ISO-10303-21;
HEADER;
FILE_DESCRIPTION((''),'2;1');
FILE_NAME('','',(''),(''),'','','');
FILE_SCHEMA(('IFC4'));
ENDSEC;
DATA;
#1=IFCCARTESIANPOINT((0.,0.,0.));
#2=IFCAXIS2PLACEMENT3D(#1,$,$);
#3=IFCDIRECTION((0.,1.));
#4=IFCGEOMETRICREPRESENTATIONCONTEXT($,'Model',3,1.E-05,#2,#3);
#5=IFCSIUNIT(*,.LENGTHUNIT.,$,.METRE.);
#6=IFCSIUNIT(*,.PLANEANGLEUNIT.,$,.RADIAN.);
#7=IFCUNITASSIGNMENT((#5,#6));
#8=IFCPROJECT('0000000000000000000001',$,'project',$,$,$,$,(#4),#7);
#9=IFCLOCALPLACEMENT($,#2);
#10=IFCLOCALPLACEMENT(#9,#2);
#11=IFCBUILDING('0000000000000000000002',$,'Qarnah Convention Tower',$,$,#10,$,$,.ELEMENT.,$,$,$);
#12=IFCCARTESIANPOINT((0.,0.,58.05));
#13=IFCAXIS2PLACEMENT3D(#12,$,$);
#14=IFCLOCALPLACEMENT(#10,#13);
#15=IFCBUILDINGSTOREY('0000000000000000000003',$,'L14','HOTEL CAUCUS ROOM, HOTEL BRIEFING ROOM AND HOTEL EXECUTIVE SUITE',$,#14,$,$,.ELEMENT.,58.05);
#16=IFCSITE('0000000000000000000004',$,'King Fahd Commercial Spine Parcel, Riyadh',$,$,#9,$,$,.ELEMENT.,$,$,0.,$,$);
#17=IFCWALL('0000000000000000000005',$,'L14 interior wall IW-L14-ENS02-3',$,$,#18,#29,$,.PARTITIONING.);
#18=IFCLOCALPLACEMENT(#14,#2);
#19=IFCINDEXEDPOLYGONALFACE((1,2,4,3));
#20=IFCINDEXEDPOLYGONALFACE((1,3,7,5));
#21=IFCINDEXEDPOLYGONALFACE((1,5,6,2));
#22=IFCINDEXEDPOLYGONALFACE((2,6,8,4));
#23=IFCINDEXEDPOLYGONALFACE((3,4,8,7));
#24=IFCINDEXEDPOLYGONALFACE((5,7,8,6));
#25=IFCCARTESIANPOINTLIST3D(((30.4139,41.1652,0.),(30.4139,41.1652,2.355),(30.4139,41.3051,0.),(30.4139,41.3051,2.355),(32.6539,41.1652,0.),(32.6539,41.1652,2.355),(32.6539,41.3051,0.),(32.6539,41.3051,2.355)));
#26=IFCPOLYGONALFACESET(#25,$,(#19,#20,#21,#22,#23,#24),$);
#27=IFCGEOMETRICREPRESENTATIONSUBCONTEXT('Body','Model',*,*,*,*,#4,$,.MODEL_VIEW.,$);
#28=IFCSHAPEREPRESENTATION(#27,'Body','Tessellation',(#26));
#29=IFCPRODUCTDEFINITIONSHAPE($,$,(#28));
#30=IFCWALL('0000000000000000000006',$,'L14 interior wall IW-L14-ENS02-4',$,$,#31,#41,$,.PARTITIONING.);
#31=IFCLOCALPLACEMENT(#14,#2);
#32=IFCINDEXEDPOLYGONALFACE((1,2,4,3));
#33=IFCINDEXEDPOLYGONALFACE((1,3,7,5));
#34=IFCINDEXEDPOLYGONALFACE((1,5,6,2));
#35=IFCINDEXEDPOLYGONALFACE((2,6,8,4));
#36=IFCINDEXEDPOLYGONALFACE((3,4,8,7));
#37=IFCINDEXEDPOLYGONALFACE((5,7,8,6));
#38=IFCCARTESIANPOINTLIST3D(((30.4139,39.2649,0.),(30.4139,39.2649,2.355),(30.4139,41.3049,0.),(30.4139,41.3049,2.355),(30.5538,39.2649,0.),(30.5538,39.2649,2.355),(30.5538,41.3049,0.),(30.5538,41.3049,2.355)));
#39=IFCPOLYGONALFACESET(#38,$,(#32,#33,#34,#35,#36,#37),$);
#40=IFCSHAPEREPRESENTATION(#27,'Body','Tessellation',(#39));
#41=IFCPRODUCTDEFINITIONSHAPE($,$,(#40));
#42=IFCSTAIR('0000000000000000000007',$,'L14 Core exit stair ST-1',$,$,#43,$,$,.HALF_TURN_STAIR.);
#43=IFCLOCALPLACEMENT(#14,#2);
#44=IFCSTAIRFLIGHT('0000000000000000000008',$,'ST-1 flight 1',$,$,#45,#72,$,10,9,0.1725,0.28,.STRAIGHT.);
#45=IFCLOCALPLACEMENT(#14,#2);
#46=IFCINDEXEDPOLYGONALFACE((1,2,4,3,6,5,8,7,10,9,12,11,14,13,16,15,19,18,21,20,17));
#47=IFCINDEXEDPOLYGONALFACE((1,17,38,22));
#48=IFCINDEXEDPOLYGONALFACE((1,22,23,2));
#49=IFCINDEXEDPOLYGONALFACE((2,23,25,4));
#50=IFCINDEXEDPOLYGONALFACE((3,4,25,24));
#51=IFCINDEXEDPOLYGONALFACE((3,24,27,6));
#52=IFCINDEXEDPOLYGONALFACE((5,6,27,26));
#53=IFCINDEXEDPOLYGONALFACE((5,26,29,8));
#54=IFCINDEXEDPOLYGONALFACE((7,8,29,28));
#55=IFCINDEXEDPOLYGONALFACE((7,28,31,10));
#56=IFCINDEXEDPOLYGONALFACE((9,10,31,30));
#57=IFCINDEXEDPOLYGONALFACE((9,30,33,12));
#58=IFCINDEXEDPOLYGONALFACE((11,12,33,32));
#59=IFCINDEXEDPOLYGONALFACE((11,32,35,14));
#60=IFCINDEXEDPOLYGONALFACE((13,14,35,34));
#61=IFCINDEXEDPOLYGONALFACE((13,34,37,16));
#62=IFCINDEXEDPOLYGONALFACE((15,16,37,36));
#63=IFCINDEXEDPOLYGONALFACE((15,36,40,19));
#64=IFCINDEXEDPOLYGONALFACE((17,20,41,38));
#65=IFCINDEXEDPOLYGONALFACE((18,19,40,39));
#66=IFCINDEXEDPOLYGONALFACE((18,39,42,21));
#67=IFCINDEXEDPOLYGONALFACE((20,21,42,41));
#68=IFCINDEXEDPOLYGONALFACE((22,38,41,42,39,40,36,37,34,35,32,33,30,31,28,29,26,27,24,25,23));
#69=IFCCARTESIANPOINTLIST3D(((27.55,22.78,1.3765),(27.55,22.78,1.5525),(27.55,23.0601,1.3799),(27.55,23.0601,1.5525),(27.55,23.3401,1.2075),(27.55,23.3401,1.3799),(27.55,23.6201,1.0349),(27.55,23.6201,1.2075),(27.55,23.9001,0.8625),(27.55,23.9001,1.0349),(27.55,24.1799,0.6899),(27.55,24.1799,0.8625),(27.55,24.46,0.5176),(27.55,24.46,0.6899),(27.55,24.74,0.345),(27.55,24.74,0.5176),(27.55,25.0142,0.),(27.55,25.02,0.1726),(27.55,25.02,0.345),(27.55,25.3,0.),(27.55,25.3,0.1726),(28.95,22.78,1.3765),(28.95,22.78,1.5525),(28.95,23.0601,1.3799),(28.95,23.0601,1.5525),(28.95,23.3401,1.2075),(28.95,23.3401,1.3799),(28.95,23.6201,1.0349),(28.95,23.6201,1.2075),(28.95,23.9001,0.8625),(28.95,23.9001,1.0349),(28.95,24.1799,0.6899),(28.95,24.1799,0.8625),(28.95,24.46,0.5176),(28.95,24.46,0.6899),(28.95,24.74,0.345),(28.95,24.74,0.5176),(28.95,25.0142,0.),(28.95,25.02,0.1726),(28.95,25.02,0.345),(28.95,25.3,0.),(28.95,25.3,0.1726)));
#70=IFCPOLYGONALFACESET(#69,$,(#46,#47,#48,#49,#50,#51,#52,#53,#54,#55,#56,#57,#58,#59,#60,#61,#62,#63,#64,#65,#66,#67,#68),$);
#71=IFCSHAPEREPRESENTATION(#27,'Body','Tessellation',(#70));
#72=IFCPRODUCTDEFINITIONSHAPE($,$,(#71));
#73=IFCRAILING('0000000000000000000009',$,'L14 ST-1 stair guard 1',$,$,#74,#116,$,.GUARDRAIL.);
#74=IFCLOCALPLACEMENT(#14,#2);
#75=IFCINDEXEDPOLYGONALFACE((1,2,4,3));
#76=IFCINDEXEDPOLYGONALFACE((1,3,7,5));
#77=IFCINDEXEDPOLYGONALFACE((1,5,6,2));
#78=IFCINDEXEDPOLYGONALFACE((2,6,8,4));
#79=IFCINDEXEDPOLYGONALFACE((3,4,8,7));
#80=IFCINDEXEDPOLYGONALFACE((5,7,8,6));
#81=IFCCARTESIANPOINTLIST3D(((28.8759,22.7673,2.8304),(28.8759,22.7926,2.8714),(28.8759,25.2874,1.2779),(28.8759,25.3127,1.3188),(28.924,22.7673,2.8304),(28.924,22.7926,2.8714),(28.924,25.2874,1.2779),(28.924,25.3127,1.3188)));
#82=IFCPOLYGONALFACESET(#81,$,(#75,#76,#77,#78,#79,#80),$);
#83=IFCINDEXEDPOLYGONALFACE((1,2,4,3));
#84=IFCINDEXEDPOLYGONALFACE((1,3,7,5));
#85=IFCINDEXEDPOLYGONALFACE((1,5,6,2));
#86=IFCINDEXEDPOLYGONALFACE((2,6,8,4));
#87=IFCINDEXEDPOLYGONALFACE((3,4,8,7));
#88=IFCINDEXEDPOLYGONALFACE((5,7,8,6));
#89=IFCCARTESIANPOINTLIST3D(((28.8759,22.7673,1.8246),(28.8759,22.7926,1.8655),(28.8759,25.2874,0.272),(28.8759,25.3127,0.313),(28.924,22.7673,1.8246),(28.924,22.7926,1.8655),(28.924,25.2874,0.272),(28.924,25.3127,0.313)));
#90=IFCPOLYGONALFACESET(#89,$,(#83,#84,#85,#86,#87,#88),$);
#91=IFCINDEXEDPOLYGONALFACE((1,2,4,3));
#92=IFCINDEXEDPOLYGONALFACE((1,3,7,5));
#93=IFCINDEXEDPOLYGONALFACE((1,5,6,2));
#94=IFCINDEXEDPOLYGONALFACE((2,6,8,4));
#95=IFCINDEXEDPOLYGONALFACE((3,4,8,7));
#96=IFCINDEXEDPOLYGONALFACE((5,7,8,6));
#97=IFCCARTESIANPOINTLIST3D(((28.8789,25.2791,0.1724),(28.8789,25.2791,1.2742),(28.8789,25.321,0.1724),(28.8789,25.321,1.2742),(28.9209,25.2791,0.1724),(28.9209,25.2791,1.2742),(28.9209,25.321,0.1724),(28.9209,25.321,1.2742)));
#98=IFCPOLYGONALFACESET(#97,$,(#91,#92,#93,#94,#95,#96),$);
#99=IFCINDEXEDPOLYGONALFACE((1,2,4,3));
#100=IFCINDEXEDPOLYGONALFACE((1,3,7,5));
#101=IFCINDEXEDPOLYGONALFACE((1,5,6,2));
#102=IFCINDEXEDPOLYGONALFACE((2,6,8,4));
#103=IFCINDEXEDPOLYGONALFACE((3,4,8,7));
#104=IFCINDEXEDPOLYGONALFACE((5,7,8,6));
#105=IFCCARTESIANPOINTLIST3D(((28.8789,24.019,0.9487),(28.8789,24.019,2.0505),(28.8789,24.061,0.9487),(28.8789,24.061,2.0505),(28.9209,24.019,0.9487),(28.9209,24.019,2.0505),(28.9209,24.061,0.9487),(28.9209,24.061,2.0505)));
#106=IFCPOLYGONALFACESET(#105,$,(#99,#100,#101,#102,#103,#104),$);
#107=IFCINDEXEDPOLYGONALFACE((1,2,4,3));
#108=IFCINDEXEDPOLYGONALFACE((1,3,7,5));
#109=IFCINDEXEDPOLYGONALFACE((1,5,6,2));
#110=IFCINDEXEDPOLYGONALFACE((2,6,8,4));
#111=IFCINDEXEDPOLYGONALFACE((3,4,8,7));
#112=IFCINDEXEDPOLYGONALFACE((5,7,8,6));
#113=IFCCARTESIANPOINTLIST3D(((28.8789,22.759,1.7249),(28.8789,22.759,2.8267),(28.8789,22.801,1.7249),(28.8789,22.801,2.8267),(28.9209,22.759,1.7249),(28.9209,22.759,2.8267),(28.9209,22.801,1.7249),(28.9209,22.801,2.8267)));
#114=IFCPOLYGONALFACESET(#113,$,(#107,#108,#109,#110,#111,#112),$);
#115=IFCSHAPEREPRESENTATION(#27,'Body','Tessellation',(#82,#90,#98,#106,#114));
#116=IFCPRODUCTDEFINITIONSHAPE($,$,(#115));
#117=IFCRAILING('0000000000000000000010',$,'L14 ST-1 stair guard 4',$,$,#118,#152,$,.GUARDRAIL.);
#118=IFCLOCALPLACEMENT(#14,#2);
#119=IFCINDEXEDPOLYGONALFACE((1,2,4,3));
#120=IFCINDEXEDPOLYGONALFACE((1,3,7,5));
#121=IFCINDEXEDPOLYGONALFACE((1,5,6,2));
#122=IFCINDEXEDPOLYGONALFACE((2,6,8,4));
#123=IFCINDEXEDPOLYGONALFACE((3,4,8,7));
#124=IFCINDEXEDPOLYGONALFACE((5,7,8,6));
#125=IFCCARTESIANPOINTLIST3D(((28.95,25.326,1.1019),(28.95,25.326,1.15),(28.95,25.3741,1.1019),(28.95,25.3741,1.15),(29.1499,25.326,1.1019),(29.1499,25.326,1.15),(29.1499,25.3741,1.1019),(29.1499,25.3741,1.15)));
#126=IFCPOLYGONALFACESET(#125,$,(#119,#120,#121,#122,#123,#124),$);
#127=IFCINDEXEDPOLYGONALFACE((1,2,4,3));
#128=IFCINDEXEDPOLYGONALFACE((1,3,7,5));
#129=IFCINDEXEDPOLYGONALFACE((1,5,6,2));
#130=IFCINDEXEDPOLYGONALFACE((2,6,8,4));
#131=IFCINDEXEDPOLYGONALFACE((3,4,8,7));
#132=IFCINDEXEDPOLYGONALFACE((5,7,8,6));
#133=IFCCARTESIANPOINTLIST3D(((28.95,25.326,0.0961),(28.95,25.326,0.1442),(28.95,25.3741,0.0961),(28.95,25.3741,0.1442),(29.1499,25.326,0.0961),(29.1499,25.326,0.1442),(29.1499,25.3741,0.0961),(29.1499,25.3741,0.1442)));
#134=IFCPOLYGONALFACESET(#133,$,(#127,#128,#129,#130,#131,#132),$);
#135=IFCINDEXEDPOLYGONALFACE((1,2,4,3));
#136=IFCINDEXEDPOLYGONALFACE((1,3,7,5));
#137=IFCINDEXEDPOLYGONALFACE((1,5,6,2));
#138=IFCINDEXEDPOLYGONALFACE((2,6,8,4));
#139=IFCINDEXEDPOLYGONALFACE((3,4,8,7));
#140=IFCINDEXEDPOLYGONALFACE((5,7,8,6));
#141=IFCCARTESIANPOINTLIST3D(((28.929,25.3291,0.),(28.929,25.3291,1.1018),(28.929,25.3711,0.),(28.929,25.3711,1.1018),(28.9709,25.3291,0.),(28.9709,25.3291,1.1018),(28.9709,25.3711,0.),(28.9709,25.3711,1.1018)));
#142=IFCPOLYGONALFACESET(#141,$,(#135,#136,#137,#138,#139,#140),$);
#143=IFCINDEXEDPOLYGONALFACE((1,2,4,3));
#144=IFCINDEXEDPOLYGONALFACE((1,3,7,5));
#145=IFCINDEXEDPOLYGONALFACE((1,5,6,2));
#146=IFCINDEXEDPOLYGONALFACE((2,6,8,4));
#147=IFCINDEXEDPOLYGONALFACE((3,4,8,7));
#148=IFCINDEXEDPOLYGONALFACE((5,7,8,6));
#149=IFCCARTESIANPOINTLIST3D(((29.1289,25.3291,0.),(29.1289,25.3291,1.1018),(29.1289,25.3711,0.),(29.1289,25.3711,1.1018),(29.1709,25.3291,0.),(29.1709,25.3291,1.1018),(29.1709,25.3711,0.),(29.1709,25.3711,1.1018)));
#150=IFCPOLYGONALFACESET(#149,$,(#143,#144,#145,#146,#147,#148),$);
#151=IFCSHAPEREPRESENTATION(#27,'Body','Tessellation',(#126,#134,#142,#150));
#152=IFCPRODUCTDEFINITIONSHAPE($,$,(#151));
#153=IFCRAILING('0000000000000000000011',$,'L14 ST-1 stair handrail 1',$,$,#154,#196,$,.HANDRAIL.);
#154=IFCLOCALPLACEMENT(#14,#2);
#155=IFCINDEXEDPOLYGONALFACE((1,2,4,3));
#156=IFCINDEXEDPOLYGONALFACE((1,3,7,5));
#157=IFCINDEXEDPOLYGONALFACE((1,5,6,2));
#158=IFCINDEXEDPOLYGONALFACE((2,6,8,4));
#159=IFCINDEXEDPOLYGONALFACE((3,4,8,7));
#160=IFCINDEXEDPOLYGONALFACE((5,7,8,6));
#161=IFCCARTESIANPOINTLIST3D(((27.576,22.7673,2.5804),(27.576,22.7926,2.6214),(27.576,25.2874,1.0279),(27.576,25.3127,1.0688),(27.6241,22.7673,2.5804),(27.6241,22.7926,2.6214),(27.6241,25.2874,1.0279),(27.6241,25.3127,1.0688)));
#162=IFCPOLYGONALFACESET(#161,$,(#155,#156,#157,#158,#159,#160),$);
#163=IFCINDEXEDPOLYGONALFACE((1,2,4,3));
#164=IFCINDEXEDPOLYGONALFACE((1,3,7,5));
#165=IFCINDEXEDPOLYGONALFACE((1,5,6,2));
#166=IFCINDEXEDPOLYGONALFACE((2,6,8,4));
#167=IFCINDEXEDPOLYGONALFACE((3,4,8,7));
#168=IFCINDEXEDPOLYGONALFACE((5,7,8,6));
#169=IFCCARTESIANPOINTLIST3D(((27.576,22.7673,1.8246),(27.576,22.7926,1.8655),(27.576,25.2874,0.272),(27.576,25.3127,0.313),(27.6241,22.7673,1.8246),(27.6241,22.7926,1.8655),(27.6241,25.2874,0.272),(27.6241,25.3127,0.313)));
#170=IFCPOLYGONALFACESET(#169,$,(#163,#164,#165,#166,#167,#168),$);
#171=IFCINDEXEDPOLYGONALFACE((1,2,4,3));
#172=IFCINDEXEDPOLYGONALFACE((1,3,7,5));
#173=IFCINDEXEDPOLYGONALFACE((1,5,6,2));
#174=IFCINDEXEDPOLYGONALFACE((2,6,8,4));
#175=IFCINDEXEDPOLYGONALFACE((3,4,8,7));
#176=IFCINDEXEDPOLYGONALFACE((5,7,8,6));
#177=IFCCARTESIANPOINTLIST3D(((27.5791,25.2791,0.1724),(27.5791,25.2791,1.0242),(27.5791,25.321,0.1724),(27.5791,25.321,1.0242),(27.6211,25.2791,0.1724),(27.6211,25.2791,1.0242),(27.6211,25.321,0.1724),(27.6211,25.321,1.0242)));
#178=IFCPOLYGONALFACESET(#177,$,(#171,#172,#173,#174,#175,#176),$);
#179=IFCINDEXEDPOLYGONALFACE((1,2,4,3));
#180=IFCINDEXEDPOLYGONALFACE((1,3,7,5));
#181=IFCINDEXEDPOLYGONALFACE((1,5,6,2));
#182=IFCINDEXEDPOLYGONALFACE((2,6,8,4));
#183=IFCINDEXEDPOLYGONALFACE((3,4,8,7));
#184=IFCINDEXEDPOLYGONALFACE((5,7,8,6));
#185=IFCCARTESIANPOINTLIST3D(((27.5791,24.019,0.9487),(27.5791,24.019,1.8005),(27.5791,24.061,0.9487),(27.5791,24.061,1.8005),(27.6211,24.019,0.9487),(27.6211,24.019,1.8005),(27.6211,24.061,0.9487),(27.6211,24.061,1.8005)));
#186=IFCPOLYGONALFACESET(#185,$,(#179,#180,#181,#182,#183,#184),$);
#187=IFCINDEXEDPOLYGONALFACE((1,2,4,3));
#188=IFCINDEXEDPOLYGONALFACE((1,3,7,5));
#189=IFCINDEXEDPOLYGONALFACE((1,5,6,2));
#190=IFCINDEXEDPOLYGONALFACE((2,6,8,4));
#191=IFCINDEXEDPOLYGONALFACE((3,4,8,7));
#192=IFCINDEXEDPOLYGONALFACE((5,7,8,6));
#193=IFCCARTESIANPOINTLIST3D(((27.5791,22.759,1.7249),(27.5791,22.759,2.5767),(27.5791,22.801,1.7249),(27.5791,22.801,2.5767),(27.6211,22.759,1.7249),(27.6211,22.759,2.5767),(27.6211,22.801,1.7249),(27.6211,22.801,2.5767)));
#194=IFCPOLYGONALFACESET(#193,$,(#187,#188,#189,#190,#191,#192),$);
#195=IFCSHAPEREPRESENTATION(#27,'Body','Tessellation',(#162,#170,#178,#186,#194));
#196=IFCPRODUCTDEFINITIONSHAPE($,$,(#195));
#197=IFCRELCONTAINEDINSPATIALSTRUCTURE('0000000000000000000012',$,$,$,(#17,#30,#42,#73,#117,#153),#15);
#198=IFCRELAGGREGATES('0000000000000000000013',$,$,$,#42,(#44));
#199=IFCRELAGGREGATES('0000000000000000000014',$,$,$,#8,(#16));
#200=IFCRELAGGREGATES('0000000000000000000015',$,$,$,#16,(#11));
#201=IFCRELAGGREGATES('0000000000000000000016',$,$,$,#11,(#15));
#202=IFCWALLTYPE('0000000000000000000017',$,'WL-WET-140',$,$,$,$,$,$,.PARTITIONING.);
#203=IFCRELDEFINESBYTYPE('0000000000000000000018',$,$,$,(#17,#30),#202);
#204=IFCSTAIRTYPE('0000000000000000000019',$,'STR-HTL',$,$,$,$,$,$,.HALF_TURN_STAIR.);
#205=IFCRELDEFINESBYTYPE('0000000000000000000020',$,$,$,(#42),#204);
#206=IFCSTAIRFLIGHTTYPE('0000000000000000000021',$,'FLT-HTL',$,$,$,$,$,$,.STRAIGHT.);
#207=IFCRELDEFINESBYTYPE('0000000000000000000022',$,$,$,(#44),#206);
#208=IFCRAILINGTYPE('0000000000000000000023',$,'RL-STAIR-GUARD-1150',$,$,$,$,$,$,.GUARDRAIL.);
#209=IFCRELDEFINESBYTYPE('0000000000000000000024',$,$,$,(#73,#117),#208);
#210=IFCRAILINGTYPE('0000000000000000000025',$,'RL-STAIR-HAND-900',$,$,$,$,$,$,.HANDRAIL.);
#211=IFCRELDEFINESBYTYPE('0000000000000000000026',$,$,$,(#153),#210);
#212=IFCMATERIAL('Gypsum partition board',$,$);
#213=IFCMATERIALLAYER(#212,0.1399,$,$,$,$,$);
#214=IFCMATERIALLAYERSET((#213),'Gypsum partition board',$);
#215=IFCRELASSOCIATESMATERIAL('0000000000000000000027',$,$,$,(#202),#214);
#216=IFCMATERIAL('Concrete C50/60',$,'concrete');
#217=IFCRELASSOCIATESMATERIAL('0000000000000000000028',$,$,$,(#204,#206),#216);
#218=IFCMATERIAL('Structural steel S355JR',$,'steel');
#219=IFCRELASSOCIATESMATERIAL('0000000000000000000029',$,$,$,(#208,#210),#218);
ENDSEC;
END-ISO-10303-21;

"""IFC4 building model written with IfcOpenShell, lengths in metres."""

from ifc_helpers import new_model, si_unit, direction, frame, frame_2d, origin, origin_2d, place, context, subcontext, project, spatial, polyline, rectangle, outline, extrude, material, layer, layer_set, type_object, element, aggregate, save


model = new_model("IFC4")

# Units and contexts
model_context = context("Model", 3, precision=1e-05, world=origin(), true_north=direction((0.0, 1.0)))
body_context = subcontext(model_context, "Body", "Model", "MODEL_VIEW")
ifc_project = project(units=[si_unit("LENGTHUNIT", "METRE"), si_unit("PLANEANGLEUNIT", "RADIAN")], contexts=[model_context])

# Site, building, storey
site_placement = place(None, origin())
site = spatial("IfcSite", under=ifc_project, at=site_placement, Name="King Fahd Commercial Spine Parcel, Riyadh", CompositionType="ELEMENT", RefElevation=0.0)
building_placement = place(site_placement, origin())
building = spatial("IfcBuilding", under=site, at=building_placement, Name="Qarnah Convention Tower", CompositionType="ELEMENT")
storey_placement = place(building_placement, frame((0.0, 0.0, 58.05)))
storey = spatial("IfcBuildingStorey", under=building, at=storey_placement, Name="L14", Description="HOTEL CAUCUS ROOM, HOTEL BRIEFING ROOM AND HOTEL EXECUTIVE SUITE", CompositionType="ELEMENT", Elevation=58.05)

# Shared definitions
ifc_material_1 = material(Name="Structural steel S355JR", Category="steel")

# Shared definitions
ifc_material_2 = material(Name="Gypsum partition board")

# Shared definitions
ifc_layer_1 = layer(ifc_material_2, 0.1399)
ifc_layer_set_1 = layer_set([ifc_layer_1], Name="Gypsum partition board")
wall_type_1 = type_object("IfcWallType", Name="WL-WET-140", PredefinedType="PARTITIONING", material=ifc_layer_set_1)

# Walls
wall_1_placement = place(storey_placement, frame((32.6541, 41.2351, 0.0), z_axis=(0.0, 0.0, 1.0), x_axis=(-1.0, 0.0, 0.0)))
element("IfcWall", 1, at=wall_1_placement, inside=storey, type_object=wall_type_1, Name="L14 interior wall IW-L14-ENS02-3", PredefinedType="PARTITIONING", context=body_context, shape_type="SweptSolid", body=[
    extrude(rectangle(XDim=2.24, YDim=0.1399, at=frame_2d((1.1201, 0.0))), origin(), (0.0, 0.0, 1.0), 2.355),
])
wall_2_placement = place(storey_placement, frame((30.4839, 41.3049, 0.0), z_axis=(0.0, 0.0, 1.0), x_axis=(0.0, -1.0, 0.0)))
element("IfcWall", 2, at=wall_2_placement, inside=storey, type_object=wall_type_1, Name="L14 interior wall IW-L14-ENS02-4", PredefinedType="PARTITIONING", context=body_context, shape_type="SweptSolid", body=[
    extrude(rectangle(XDim=2.04, YDim=0.1399, at=frame_2d((1.02, 0.0))), origin(), (0.0, 0.0, 1.0), 2.355),
])

# Stair, stair flight
ifc_material_3 = material(Name="Concrete C50/60", Category="concrete")
stair_type = type_object("IfcStairType", Name="STR-HTL", PredefinedType="HALF_TURN_STAIR", material=ifc_material_3)
stair_placement = place(storey_placement, origin())
stair = element("IfcStair", 3, at=stair_placement, inside=storey, type_object=stair_type, Name="L14 Core exit stair ST-1", PredefinedType="HALF_TURN_STAIR")
stair_flight_type = type_object("IfcStairFlightType", Name="FLT-HTL", PredefinedType="STRAIGHT", material=ifc_material_3)
stair_flight_placement = place(storey_placement, frame((28.25, 25.3, 0.0), z_axis=(0.0, 0.0, 1.0), x_axis=(0.0, -1.0, 0.0)))
stair_flight = element("IfcStairFlight", 4, at=stair_flight_placement, type_object=stair_flight_type, Name="ST-1 flight 1", NumberOfRisers=10, NumberOfTreads=9, PredefinedType="STRAIGHT", RiserHeight=0.1725, TreadLength=0.28, context=body_context, shape_type="SweptSolid", body=[
    extrude(outline(polyline([(0.0, 0.0), (0.0, 0.1726), (0.28, 0.1726), (0.28, 0.345), (0.5601, 0.345), (0.5601, 0.5176), (0.8401, 0.5176), (0.8401, 0.6899), (1.1201, 0.6899), (1.1201, 0.8625), (1.3999, 0.8625), (1.3999, 1.0349), (1.6799, 1.0349), (1.6799, 1.2075), (1.96, 1.2075), (1.96, 1.3799), (2.24, 1.3799), (2.24, 1.5525), (2.52, 1.5525), (2.52, 1.7251), (2.52, 1.3765), (0.2859, 0.0), (0.0, 0.0)])), frame((0.0, 0.7, 0.0), z_axis=(0.0, -1.0, 0.0), x_axis=(1.0, 0.0, 0.0)), (0.0, 0.0, 1.0), 1.3999),
])
aggregate(stair, [stair_flight])

# Railings
railing_type_1 = type_object("IfcRailingType", Name="RL-STAIR-GUARD-1150", PredefinedType="GUARDRAIL", material=ifc_material_1)
railing_1_placement = place(storey_placement, frame((28.8999, 25.3, 0.1724)))
element("IfcRailing", 5, at=railing_1_placement, inside=storey, type_object=railing_type_1, Name="L14 ST-1 stair guard 1", PredefinedType="GUARDRAIL", context=body_context, shape_type="SweptSolid", body=[
    extrude(rectangle(XDim=0.0481, YDim=0.0481, at=origin_2d()), frame((0.0, 0.0, 1.126), z_axis=(0.0, -0.8514, 0.524516), x_axis=(1.0, 0.0, 0.0)), (0.0, 0.0, 1.0), 2.96),
    extrude(rectangle(XDim=0.0481, YDim=0.0481, at=origin_2d()), frame((0.0, 0.0, 0.1201), z_axis=(0.0, -0.8514, 0.524516), x_axis=(1.0, 0.0, 0.0)), (0.0, 0.0, 1.0), 2.96),
    extrude(rectangle(XDim=0.042, YDim=0.042, at=origin_2d()), origin(), (0.0, 0.0, 1.0), 1.1018),
    extrude(rectangle(XDim=0.042, YDim=0.042, at=origin_2d()), frame((0.0, -1.26, 0.7764)), (0.0, 0.0, 1.0), 1.1018),
    extrude(rectangle(XDim=0.042, YDim=0.042, at=origin_2d()), frame((0.0, -2.52, 1.5525)), (0.0, 0.0, 1.0), 1.1018),
])
railing_2_placement = place(storey_placement, frame((28.95, 25.3501, 0.0)))
element("IfcRailing", 6, at=railing_2_placement, inside=storey, type_object=railing_type_1, Name="L14 ST-1 stair guard 4", PredefinedType="GUARDRAIL", context=body_context, shape_type="SweptSolid", body=[
    extrude(rectangle(XDim=0.0481, YDim=0.0481, at=origin_2d()), frame((0.0, 0.0, 1.126), z_axis=(1.0, 0.0, 0.0), x_axis=(0.0, 1.0, 0.0)), (0.0, 0.0, 1.0), 0.2),
    extrude(rectangle(XDim=0.0481, YDim=0.0481, at=origin_2d()), frame((0.0, 0.0, 0.1201), z_axis=(1.0, 0.0, 0.0), x_axis=(0.0, 1.0, 0.0)), (0.0, 0.0, 1.0), 0.2),
    extrude(rectangle(XDim=0.042, YDim=0.042, at=origin_2d()), origin(), (0.0, 0.0, 1.0), 1.1018),
    extrude(rectangle(XDim=0.042, YDim=0.042, at=origin_2d()), frame((0.2, 0.0, 0.0)), (0.0, 0.0, 1.0), 1.1018),
])
railing_type_2 = type_object("IfcRailingType", Name="RL-STAIR-HAND-900", PredefinedType="HANDRAIL", material=ifc_material_1)
railing_3_placement = place(storey_placement, frame((27.6001, 25.3, 0.1724)))
element("IfcRailing", 7, at=railing_3_placement, inside=storey, type_object=railing_type_2, Name="L14 ST-1 stair handrail 1", PredefinedType="HANDRAIL", context=body_context, shape_type="SweptSolid", body=[
    extrude(rectangle(XDim=0.0481, YDim=0.0481, at=origin_2d()), frame((0.0, 0.0, 0.876), z_axis=(0.0, -0.8514, 0.524516), x_axis=(1.0, 0.0, 0.0)), (0.0, 0.0, 1.0), 2.96),
    extrude(rectangle(XDim=0.0481, YDim=0.0481, at=origin_2d()), frame((0.0, 0.0, 0.1201), z_axis=(0.0, -0.8514, 0.524516), x_axis=(1.0, 0.0, 0.0)), (0.0, 0.0, 1.0), 2.96),
    extrude(rectangle(XDim=0.042, YDim=0.042, at=origin_2d()), origin(), (0.0, 0.0, 1.0), 0.8518),
    extrude(rectangle(XDim=0.042, YDim=0.042, at=origin_2d()), frame((0.0, -1.26, 0.7764)), (0.0, 0.0, 1.0), 0.8518),
    extrude(rectangle(XDim=0.042, YDim=0.042, at=origin_2d()), frame((0.0, -2.52, 1.5525)), (0.0, 0.0, 1.0), 0.8518),
])

save(model, "model.ifc")
